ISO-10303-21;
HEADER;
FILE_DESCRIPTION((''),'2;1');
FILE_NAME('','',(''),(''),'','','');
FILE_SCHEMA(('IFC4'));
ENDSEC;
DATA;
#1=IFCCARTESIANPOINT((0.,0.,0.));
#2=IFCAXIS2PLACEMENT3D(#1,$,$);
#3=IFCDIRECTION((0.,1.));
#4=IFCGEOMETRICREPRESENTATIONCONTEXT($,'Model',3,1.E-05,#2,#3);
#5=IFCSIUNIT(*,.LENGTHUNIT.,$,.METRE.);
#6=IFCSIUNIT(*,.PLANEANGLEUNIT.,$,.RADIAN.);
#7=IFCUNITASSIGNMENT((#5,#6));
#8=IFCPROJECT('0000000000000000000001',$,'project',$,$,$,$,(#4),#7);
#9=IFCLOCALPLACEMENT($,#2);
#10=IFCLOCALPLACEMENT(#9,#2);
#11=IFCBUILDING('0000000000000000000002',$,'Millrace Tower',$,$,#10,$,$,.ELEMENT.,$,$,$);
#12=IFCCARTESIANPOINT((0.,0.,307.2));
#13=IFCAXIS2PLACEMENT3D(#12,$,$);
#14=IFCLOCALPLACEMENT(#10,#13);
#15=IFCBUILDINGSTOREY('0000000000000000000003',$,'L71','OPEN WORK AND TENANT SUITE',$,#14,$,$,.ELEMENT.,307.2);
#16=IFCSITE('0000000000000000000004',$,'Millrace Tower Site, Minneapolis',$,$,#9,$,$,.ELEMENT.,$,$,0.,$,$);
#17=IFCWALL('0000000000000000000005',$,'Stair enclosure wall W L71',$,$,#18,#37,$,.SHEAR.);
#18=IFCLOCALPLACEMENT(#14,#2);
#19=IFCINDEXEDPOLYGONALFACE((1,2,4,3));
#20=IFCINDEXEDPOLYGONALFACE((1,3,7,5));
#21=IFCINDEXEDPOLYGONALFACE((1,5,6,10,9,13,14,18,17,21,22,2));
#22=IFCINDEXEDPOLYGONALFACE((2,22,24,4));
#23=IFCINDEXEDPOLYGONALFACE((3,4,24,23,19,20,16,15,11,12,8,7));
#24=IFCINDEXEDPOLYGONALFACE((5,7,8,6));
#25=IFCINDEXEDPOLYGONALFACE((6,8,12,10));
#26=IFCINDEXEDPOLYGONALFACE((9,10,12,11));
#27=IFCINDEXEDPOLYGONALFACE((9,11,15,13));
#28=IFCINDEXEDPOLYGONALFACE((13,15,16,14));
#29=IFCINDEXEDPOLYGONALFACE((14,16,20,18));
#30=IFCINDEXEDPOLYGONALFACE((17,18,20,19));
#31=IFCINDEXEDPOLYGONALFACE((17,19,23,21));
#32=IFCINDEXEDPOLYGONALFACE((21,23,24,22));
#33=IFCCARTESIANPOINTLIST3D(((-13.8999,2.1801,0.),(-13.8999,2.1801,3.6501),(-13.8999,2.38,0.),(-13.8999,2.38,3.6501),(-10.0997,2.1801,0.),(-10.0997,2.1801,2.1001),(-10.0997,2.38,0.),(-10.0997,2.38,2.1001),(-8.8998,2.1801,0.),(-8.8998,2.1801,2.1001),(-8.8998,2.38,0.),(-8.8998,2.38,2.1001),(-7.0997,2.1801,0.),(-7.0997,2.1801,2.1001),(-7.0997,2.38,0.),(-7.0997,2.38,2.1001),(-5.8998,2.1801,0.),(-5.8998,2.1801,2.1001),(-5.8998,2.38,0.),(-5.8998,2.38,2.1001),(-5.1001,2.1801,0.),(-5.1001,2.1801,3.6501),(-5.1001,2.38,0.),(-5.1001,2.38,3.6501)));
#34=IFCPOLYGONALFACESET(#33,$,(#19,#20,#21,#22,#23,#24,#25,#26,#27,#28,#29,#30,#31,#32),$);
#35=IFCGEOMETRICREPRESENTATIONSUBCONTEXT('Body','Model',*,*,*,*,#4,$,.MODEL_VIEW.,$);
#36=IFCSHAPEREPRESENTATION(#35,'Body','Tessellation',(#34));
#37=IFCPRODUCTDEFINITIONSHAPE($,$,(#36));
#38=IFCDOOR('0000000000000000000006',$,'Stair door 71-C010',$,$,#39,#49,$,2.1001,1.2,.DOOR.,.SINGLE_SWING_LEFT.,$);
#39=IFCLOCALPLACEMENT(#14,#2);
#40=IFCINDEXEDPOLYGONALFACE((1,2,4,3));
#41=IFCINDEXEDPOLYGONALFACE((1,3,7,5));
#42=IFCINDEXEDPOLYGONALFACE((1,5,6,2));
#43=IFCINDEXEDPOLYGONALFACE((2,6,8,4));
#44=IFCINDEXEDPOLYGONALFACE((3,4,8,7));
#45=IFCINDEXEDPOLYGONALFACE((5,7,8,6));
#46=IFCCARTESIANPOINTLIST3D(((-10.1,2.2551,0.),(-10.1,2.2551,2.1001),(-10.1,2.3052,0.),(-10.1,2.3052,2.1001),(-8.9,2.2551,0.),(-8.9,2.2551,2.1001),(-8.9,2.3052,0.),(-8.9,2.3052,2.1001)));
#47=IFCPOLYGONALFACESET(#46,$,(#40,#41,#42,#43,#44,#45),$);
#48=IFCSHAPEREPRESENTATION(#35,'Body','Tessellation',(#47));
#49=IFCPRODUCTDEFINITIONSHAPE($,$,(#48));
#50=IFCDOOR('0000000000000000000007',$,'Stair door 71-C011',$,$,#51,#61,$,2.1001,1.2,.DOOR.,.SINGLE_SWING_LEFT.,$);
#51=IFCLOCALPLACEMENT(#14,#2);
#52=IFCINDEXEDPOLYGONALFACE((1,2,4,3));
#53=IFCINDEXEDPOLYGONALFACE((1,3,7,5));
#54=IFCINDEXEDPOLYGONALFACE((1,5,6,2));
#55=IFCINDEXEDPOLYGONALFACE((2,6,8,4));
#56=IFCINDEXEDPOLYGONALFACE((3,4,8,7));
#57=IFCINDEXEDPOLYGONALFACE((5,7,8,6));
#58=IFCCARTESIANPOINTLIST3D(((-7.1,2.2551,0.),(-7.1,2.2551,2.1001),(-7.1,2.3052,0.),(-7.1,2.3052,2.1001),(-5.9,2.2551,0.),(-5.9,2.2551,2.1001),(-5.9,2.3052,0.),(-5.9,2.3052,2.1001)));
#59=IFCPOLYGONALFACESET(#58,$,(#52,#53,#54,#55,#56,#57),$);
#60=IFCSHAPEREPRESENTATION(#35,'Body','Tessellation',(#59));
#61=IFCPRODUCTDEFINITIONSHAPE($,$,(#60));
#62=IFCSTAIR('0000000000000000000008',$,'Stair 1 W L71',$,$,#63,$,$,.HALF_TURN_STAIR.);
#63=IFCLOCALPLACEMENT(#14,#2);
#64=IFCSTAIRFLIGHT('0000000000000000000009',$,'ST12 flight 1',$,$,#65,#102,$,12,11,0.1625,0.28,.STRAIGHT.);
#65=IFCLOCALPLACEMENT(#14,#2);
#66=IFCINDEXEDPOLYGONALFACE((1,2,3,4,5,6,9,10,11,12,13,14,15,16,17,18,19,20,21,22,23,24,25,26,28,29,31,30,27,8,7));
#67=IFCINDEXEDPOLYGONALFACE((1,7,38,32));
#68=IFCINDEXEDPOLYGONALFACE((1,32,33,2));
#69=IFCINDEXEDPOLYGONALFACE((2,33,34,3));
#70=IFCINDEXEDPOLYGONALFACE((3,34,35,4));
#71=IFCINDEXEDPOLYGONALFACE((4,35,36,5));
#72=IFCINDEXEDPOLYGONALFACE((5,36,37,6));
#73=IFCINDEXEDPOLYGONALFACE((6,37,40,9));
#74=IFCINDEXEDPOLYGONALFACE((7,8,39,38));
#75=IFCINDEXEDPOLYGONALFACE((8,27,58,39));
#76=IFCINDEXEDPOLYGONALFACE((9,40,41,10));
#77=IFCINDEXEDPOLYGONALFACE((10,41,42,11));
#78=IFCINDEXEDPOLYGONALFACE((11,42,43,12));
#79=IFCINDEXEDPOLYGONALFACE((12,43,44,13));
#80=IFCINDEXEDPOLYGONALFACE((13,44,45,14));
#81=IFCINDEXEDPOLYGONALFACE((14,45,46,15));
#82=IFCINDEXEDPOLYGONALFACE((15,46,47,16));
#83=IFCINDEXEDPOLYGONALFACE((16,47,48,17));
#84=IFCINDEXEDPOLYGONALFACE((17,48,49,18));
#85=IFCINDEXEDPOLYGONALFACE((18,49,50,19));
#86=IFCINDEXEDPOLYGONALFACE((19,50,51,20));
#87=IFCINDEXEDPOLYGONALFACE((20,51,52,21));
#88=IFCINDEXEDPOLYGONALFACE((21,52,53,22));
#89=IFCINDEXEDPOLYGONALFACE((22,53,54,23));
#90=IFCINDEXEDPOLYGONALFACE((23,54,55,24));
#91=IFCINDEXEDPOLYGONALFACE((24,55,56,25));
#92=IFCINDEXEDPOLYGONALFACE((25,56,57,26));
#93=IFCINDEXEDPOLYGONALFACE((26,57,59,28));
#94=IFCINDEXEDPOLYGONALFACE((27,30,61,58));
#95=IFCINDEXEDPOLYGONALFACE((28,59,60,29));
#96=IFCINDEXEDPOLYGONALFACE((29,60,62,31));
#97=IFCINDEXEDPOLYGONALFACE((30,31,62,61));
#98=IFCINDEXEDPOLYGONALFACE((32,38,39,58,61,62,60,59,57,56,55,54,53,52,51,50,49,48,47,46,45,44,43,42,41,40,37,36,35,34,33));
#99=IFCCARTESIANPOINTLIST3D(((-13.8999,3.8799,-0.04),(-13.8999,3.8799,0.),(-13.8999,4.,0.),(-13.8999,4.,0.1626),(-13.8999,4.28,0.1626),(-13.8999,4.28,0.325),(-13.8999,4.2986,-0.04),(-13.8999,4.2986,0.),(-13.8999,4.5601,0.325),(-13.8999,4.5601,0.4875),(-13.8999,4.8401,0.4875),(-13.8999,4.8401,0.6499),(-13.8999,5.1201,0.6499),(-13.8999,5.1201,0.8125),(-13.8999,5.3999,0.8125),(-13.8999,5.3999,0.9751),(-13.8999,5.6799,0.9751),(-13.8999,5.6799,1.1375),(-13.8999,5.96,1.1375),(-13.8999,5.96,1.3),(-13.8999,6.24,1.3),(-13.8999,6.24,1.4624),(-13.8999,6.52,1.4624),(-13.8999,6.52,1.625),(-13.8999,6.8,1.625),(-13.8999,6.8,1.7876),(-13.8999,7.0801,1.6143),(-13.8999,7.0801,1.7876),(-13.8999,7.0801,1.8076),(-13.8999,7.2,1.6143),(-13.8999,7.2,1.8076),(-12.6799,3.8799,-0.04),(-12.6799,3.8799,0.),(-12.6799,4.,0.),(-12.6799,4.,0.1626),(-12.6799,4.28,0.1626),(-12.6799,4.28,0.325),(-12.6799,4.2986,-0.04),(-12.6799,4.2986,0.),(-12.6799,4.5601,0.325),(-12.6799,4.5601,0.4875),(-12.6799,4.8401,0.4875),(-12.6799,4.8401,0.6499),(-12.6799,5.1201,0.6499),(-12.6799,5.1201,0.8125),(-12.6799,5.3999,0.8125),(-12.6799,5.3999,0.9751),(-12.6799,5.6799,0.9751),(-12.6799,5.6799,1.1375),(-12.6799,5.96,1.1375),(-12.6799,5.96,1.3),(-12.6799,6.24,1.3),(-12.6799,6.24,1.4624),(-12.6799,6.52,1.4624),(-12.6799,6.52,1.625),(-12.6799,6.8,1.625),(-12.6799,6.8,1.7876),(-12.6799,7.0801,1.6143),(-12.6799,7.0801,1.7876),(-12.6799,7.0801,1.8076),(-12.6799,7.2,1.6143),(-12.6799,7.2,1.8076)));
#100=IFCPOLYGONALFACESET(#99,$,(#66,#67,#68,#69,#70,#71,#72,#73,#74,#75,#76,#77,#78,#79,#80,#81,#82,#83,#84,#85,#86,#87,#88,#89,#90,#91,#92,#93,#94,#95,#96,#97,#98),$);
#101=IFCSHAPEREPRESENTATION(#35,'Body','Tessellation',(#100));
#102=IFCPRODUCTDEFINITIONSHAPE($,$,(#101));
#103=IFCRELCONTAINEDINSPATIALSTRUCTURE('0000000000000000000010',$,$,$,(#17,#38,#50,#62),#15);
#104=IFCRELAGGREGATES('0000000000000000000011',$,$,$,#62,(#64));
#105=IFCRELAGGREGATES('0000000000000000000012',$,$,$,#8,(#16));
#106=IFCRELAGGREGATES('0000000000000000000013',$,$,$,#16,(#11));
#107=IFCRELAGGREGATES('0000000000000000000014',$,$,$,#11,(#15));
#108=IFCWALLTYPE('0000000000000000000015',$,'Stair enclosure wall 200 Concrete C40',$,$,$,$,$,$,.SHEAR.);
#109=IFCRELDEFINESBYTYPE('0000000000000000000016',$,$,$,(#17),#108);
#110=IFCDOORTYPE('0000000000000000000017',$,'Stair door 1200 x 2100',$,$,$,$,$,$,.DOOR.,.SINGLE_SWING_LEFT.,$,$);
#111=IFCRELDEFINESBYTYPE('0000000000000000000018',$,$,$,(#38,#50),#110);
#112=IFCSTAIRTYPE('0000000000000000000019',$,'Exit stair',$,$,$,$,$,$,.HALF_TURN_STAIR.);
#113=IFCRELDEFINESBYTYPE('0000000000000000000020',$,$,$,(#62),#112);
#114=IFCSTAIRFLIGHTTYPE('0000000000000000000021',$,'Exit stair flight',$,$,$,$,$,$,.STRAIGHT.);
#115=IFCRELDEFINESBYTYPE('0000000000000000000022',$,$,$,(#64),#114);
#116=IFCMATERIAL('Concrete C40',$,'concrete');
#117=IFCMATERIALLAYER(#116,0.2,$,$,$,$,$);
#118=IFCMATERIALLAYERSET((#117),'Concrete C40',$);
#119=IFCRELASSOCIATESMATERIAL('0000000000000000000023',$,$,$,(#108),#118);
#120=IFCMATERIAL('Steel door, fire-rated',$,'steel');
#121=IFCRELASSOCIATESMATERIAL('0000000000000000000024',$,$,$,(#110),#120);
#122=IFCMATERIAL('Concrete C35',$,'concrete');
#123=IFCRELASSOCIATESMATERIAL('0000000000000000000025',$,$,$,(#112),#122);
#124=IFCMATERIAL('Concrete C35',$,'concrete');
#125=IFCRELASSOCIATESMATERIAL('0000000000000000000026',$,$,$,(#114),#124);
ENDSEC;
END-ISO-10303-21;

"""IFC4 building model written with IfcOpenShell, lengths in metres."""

from ifc_helpers import new_model, si_unit, direction, frame, frame_2d, origin, place, context, subcontext, project, spatial, polyline, rectangle, outline, extrude, material, layer, layer_set, type_object, element, fill, aggregate, save


model = new_model("IFC4")

# Units and contexts
model_context = context("Model", 3, precision=1e-05, world=origin(), true_north=direction((0.0, 1.0)))
body_context = subcontext(model_context, "Body", "Model", "MODEL_VIEW")
ifc_project = project(units=[si_unit("LENGTHUNIT", "METRE"), si_unit("PLANEANGLEUNIT", "RADIAN")], contexts=[model_context])

# Site, building, storey
site_placement = place(None, origin())
site = spatial("IfcSite", under=ifc_project, at=site_placement, Name="Millrace Tower Site, Minneapolis", CompositionType="ELEMENT", RefElevation=0.0)
building_placement = place(site_placement, origin())
building = spatial("IfcBuilding", under=site, at=building_placement, Name="Millrace Tower", CompositionType="ELEMENT")
storey_placement = place(building_placement, frame((0.0, 0.0, 307.2)))
storey = spatial("IfcBuildingStorey", under=building, at=storey_placement, Name="L71", Description="OPEN WORK AND TENANT SUITE", CompositionType="ELEMENT", Elevation=307.2)

# Shared definitions
placement = place(storey_placement, origin())

# Shared definitions
ifc_material_1 = material(Name="Concrete C40", Category="concrete")
ifc_layer_1 = layer(ifc_material_1, 0.2)
ifc_layer_set_1 = layer_set([ifc_layer_1], Name="Concrete C40")
wall_type_1 = type_object("IfcWallType", Name="Stair enclosure wall 200 Concrete C40", PredefinedType="SHEAR", material=ifc_layer_set_1)

# Wall, openings, doors
wall_1_placement = place(storey_placement, frame((-13.8999, 2.28, 0.0), z_axis=(0.0, 0.0, 1.0), x_axis=(1.0, 0.0, 0.0)))
wall_1 = element("IfcWall", 1, at=wall_1_placement, inside=storey, type_object=wall_type_1, Name="Stair enclosure wall W L71", PredefinedType="SHEAR", context=body_context, shape_type="SweptSolid", body=[
    extrude(rectangle(XDim=8.7998, YDim=0.2, at=frame_2d((4.3999, 0.0))), origin(), (0.0, 0.0, 1.0), 3.6501),
])
opening_1_placement = place(wall_1_placement, frame((3.8, 0.0, 0.0)))
opening_1 = element("IfcOpeningElement", 2, at=opening_1_placement, cuts=wall_1, PredefinedType="OPENING", context=body_context, shape_type="SweptSolid", body=[
    extrude(rectangle(XDim=1.2, YDim=2.1001, at=frame_2d((0.6001, 1.05))), frame((0.0, 0.1099, 0.0), z_axis=(0.0, -1.0, 0.0), x_axis=(1.0, 0.0, 0.0)), (0.0, 0.0, 1.0), 0.22),
])
opening_2_placement = place(wall_1_placement, frame((6.8, 0.0, 0.0)))
opening_2 = element("IfcOpeningElement", 3, at=opening_2_placement, cuts=wall_1, PredefinedType="OPENING", context=body_context, shape_type="SweptSolid", body=[
    extrude(rectangle(XDim=1.2, YDim=2.1001, at=frame_2d((0.6001, 1.05))), frame((0.0, 0.1099, 0.0), z_axis=(0.0, -1.0, 0.0), x_axis=(1.0, 0.0, 0.0)), (0.0, 0.0, 1.0), 0.22),
])
ifc_material_2 = material(Name="Steel door, fire-rated", Category="steel")
door_type_1 = type_object("IfcDoorType", Name="Stair door 1200 x 2100", OperationType="SINGLE_SWING_LEFT", PredefinedType="DOOR", material=ifc_material_2)
door_1_placement = place(opening_1_placement, frame((1.2, 0.0, 0.0), z_axis=(0.0, 0.0, 1.0), x_axis=(-1.0, 0.0, 0.0)))
door_1 = element("IfcDoor", 4, at=door_1_placement, inside=storey, type_object=door_type_1, Name="Stair door 71-C010", OperationType="SINGLE_SWING_LEFT", OverallHeight=2.1001, OverallWidth=1.2, PredefinedType="DOOR", context=body_context, shape_type="SweptSolid", body=[
    extrude(rectangle(XDim=1.2, YDim=2.1001, at=frame_2d((0.6001, 1.05))), frame((0.0, 0.0249, 0.0), z_axis=(0.0, -1.0, 0.0), x_axis=(1.0, 0.0, 0.0)), (0.0, 0.0, 1.0), 0.05),
])
fill(opening_1, door_1)
door_2_placement = place(opening_2_placement, frame((1.2, 0.0, 0.0), z_axis=(0.0, 0.0, 1.0), x_axis=(-1.0, 0.0, 0.0)))
door_2 = element("IfcDoor", 5, at=door_2_placement, inside=storey, type_object=door_type_1, Name="Stair door 71-C011", OperationType="SINGLE_SWING_LEFT", OverallHeight=2.1001, OverallWidth=1.2, PredefinedType="DOOR", context=body_context, shape_type="SweptSolid", body=[
    extrude(rectangle(XDim=1.2, YDim=2.1001, at=frame_2d((0.6001, 1.05))), frame((0.0, 0.0249, 0.0), z_axis=(0.0, -1.0, 0.0), x_axis=(1.0, 0.0, 0.0)), (0.0, 0.0, 1.0), 0.05),
])
fill(opening_2, door_2)

# Stair, stair flight
ifc_material_3 = material(Name="Concrete C35", Category="concrete")
stair_type = type_object("IfcStairType", Name="Exit stair", PredefinedType="HALF_TURN_STAIR", material=ifc_material_3)
stair = element("IfcStair", 6, at=placement, inside=storey, type_object=stair_type, Name="Stair 1 W L71", PredefinedType="HALF_TURN_STAIR")
ifc_material_4 = material(Name="Concrete C35", Category="concrete")
stair_flight_type = type_object("IfcStairFlightType", Name="Exit stair flight", PredefinedType="STRAIGHT", material=ifc_material_4)
stair_flight_placement = place(storey_placement, frame((-13.29, 4.0, 0.0), z_axis=(0.0, 0.0, 1.0), x_axis=(0.0, 1.0, 0.0)))
stair_flight = element("IfcStairFlight", 7, at=stair_flight_placement, type_object=stair_flight_type, Name="ST12 flight 1", NumberOfRisers=12, NumberOfTreads=11, PredefinedType="STRAIGHT", RiserHeight=0.1625, TreadLength=0.28, context=body_context, shape_type="SweptSolid", body=[
    extrude(outline(polyline([(-0.1201, -0.04), (-0.1201, 0.0), (0.0, 0.0), (0.0, 0.1626), (0.28, 0.1626), (0.28, 0.325), (0.5601, 0.325), (0.5601, 0.4875), (0.8401, 0.4875), (0.8401, 0.6499), (1.1201, 0.6499), (1.1201, 0.8125), (1.3999, 0.8125), (1.3999, 0.9751), (1.6799, 0.9751), (1.6799, 1.1375), (1.96, 1.1375), (1.96, 1.3), (2.24, 1.3), (2.24, 1.4624), (2.52, 1.4624), (2.52, 1.625), (2.8, 1.625), (2.8, 1.7876), (3.0801, 1.7876), (3.0801, 1.8076), (3.2, 1.8076), (3.2, 1.6143), (3.0801, 1.6143), (0.2986, 0.0), (0.2986, -0.04), (-0.1201, -0.04)])), frame((0.0, 0.6099, 0.0), z_axis=(0.0, -1.0, 0.0), x_axis=(1.0, 0.0, 0.0)), (0.0, 0.0, 1.0), 1.22),
])
aggregate(stair, [stair_flight])

save(model, "model.ifc")
